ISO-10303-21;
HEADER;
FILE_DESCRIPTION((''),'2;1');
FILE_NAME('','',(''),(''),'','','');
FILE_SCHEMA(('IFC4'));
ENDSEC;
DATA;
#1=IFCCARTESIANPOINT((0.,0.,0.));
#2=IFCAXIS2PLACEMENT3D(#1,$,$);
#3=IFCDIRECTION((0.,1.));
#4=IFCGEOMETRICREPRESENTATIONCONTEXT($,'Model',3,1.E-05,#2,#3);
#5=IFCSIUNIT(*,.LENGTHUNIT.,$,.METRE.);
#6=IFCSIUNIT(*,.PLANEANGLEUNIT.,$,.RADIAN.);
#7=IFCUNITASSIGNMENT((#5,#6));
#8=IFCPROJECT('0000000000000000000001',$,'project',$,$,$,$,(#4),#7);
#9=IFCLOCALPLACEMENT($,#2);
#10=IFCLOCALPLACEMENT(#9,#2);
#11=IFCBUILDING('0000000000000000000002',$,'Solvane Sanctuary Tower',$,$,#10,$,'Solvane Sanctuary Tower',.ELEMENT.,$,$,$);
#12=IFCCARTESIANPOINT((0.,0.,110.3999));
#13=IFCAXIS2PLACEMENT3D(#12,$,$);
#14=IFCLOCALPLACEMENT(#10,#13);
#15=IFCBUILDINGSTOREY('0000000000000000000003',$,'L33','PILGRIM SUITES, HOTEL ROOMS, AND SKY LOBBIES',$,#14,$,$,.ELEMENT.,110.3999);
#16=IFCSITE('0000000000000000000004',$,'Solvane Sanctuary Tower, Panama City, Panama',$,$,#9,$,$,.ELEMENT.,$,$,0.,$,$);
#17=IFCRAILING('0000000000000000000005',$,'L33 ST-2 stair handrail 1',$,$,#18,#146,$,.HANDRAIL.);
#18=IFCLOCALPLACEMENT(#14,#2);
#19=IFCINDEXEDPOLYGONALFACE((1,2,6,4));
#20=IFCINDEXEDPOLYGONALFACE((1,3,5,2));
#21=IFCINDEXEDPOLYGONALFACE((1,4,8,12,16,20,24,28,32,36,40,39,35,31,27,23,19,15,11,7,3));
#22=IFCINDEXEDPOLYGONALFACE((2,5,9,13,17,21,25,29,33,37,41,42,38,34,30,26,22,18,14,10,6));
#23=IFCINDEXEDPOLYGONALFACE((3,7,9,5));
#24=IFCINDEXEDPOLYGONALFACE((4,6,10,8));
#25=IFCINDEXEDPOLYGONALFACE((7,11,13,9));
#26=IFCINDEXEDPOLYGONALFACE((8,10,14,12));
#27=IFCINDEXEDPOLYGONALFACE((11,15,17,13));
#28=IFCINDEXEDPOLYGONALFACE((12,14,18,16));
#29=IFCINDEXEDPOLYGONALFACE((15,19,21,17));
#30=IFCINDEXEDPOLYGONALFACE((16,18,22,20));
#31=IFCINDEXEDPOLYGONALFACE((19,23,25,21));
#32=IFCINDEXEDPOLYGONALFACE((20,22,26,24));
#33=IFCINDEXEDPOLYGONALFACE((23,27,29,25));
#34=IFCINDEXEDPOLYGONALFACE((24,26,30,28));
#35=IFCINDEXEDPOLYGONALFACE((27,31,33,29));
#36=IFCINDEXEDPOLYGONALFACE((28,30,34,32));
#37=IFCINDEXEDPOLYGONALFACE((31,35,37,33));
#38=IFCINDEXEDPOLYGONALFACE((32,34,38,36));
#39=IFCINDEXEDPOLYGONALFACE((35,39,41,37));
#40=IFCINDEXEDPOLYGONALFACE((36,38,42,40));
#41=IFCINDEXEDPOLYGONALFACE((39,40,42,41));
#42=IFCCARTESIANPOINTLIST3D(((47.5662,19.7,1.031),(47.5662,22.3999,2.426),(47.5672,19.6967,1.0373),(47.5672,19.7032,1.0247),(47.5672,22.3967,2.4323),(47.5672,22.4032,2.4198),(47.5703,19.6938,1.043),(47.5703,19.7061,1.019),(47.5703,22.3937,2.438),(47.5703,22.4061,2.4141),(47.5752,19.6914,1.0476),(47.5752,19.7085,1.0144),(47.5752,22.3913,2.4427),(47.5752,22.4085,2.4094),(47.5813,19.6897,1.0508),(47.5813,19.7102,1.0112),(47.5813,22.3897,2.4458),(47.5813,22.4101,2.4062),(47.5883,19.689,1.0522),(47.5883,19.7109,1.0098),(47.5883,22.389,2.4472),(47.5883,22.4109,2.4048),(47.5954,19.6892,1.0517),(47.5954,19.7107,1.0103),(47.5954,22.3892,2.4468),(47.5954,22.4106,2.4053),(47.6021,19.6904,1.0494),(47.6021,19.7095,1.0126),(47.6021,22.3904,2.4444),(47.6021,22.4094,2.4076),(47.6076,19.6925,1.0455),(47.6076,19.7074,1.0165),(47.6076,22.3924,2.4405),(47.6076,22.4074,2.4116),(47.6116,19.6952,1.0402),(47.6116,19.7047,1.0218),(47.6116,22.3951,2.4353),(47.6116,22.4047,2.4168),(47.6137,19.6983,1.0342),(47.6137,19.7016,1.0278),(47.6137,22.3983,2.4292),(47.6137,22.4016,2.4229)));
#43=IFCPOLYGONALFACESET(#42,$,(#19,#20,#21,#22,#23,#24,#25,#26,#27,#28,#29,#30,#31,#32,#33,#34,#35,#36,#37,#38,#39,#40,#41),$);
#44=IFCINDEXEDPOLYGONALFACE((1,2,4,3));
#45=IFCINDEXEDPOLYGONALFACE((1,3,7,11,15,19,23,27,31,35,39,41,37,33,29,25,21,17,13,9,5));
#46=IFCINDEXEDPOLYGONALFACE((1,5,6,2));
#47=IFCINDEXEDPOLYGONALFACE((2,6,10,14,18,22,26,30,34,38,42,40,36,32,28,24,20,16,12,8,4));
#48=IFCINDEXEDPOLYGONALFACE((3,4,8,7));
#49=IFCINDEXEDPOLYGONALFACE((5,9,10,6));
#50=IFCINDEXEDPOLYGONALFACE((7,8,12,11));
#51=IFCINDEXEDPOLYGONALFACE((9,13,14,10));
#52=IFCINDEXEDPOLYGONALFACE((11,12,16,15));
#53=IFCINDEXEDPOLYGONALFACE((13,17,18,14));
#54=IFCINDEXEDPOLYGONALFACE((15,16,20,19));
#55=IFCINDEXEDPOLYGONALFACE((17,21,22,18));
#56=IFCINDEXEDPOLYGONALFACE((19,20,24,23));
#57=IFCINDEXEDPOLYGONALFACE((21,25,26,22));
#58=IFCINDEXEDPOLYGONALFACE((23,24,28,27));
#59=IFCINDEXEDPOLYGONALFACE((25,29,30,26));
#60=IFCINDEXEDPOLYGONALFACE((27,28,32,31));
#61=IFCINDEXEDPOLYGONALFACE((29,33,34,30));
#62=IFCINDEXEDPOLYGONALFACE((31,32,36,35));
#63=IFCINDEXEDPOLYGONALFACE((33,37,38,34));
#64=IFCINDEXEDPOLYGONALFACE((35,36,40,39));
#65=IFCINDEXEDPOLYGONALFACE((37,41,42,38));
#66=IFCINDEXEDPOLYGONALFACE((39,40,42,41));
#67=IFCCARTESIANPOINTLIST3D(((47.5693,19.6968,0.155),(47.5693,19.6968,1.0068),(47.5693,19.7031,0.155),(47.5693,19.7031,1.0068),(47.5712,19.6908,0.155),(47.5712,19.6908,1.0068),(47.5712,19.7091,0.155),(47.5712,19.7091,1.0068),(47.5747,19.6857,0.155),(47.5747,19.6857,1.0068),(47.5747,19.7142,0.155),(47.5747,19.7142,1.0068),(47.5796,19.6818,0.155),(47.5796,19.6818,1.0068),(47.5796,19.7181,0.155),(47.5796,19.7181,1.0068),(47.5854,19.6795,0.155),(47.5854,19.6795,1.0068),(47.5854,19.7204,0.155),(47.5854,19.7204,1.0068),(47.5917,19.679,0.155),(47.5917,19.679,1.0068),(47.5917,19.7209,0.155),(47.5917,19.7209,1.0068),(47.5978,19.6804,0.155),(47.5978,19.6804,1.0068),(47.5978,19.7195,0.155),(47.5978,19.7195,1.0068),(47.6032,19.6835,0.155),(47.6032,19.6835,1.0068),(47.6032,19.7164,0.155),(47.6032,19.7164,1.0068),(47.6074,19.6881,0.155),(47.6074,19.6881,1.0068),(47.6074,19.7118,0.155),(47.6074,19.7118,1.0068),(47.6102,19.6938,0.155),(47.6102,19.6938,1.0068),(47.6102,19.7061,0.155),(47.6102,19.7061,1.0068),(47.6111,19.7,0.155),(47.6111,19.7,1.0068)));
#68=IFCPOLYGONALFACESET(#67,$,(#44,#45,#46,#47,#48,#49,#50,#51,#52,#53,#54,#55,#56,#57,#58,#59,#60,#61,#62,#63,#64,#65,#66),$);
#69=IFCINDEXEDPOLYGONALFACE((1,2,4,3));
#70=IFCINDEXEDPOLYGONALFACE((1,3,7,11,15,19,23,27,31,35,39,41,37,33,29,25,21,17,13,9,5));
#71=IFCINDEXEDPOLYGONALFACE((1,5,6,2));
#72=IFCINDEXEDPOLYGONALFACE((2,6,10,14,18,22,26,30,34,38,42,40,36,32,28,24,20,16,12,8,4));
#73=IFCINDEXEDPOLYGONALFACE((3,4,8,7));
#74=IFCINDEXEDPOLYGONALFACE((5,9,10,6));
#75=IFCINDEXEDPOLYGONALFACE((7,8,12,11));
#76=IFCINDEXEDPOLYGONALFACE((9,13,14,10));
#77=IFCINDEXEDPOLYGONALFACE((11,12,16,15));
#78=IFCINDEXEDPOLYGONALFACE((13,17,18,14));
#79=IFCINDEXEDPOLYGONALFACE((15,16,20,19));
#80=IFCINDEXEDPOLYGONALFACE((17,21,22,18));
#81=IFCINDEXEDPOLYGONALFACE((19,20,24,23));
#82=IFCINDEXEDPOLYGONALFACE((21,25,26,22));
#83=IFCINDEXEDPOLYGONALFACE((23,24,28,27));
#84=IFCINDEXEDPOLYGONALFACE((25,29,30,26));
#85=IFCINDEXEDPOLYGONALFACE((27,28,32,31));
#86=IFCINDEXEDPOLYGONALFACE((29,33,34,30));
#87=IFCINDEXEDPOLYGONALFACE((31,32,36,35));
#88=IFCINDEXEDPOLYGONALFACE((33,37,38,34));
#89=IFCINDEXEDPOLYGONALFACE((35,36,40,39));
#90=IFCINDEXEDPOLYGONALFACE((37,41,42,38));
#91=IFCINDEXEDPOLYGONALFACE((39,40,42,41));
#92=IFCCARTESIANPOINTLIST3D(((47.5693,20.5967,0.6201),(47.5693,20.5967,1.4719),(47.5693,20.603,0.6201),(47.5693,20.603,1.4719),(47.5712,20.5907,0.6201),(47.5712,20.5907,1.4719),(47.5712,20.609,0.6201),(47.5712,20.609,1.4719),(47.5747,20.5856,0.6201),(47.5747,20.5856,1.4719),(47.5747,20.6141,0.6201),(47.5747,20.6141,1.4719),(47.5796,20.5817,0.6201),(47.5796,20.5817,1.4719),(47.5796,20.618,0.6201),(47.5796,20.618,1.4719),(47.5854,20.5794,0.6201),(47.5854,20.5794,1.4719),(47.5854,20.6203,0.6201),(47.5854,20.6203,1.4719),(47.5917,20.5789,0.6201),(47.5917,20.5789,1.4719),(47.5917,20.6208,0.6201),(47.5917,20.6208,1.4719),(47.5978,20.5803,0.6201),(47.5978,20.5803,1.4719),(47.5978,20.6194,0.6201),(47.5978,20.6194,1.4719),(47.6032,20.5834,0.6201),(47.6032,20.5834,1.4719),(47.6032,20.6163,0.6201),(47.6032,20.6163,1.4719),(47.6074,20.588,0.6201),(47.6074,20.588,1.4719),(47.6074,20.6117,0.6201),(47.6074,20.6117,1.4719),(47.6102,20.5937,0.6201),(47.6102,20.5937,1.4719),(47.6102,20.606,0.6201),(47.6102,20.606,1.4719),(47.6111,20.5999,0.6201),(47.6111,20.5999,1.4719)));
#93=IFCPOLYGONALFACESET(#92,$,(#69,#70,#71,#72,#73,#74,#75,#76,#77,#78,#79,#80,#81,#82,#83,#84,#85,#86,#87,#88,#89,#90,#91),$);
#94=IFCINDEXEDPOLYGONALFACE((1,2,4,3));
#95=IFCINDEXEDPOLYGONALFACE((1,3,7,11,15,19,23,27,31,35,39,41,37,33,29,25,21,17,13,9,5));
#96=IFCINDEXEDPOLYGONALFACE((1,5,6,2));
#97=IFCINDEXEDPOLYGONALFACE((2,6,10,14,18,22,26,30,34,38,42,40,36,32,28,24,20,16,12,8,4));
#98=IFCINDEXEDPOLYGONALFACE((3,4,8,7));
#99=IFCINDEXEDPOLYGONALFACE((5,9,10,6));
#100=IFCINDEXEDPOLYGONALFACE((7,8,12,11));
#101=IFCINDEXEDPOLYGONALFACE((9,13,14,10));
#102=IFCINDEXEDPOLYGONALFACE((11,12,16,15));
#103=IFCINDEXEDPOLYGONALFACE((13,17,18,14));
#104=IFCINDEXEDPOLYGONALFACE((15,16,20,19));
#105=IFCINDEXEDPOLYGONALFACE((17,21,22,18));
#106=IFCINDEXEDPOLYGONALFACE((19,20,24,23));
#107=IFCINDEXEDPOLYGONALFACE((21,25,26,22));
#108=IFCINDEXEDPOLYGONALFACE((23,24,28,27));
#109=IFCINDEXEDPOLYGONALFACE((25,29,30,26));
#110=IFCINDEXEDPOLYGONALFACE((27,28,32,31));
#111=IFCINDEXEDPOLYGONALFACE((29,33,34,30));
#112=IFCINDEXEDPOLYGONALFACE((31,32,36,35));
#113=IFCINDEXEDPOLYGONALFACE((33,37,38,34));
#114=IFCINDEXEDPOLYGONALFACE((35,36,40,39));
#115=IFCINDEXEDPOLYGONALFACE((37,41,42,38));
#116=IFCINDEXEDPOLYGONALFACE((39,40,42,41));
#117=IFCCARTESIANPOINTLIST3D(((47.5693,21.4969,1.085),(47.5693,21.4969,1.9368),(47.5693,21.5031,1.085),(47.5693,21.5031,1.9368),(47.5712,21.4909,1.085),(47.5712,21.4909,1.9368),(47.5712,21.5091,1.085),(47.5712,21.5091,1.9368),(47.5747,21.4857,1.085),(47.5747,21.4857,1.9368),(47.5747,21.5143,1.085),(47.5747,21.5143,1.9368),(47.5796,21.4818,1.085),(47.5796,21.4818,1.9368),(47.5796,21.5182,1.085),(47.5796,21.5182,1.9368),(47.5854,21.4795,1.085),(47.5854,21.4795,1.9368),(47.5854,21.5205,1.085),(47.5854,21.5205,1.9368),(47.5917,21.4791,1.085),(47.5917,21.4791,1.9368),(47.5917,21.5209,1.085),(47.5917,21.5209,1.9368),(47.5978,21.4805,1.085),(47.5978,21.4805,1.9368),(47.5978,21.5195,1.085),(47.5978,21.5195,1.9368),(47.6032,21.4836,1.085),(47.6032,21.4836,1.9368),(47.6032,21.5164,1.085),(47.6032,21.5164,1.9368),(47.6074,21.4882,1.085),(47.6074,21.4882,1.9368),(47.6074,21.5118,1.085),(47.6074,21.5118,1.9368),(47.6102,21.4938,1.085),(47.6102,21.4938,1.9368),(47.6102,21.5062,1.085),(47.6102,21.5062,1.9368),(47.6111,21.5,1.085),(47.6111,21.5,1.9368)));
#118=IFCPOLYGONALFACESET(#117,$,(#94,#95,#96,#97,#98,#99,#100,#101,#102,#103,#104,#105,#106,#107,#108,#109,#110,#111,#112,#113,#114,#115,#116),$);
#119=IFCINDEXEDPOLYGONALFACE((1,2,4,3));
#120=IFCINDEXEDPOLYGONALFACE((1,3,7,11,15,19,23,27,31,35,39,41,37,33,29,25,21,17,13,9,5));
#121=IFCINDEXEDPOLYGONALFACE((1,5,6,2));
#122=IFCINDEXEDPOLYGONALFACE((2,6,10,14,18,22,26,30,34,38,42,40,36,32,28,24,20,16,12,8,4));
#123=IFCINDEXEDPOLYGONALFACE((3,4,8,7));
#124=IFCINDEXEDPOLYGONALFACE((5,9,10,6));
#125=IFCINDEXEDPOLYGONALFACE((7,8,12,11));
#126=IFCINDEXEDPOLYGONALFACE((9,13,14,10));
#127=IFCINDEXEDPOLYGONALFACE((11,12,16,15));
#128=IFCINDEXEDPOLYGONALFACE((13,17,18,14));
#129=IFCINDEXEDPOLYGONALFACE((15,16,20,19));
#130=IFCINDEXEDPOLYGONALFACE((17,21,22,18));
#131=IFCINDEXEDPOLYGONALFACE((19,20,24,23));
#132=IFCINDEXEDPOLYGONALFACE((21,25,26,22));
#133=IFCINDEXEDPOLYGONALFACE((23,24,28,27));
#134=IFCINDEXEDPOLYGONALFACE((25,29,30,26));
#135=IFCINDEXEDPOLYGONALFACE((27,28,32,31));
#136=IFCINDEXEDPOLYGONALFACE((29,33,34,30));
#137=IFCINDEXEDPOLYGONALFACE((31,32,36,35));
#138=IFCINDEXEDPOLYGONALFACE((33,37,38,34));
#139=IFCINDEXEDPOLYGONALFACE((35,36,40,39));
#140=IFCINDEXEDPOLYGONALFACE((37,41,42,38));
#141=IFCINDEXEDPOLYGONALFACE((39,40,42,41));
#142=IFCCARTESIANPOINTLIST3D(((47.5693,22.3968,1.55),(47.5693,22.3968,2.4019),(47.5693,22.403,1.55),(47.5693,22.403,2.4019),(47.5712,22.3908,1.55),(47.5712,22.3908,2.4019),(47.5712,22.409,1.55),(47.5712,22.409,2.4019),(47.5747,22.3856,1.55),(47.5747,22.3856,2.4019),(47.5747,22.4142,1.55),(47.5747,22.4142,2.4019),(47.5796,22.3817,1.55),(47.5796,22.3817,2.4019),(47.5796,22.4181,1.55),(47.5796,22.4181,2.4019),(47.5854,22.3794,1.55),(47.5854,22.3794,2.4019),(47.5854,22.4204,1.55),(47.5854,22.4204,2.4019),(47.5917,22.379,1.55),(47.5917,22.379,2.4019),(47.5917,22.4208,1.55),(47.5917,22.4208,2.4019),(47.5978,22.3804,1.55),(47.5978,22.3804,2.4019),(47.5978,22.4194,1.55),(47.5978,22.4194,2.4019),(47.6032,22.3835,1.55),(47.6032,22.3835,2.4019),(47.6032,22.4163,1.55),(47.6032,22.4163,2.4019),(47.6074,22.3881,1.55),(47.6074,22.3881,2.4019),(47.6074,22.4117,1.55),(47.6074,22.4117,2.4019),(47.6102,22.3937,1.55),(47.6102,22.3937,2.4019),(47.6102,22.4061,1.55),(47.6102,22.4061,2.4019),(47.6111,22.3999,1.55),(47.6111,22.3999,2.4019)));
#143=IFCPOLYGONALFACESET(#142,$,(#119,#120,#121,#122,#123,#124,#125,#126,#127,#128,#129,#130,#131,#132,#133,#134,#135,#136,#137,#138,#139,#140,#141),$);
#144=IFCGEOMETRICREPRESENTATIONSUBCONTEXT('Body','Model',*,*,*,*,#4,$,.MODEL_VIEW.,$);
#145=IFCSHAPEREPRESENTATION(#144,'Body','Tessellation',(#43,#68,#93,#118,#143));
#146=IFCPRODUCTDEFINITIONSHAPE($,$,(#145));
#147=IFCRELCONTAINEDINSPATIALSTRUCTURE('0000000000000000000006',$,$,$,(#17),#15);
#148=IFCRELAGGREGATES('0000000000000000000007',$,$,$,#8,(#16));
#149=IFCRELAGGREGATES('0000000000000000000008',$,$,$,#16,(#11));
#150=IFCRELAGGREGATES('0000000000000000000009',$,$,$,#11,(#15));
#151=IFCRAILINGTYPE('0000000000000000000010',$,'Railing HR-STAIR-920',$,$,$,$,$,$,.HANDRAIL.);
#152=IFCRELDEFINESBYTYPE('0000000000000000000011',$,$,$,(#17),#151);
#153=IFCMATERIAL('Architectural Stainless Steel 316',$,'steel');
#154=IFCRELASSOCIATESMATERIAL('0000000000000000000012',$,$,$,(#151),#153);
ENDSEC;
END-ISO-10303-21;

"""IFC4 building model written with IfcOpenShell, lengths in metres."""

from ifc_helpers import new_model, si_unit, direction, frame, origin, origin_2d, place, context, subcontext, project, spatial, circle, extrude, material, type_object, element, save


model = new_model("IFC4")

# Units and contexts
model_context = context("Model", 3, precision=1e-05, world=origin(), true_north=direction((0.0, 1.0)))
body_context = subcontext(model_context, "Body", "Model", "MODEL_VIEW")
ifc_project = project(units=[si_unit("LENGTHUNIT", "METRE"), si_unit("PLANEANGLEUNIT", "RADIAN")], contexts=[model_context])

# Site, building, storey
site_placement = place(None, origin())
site = spatial("IfcSite", under=ifc_project, at=site_placement, Name="Solvane Sanctuary Tower, Panama City, Panama", CompositionType="ELEMENT", RefElevation=0.0)
building_placement = place(site_placement, origin())
building = spatial("IfcBuilding", under=site, at=building_placement, Name="Solvane Sanctuary Tower", LongName="Solvane Sanctuary Tower", CompositionType="ELEMENT")
storey_placement = place(building_placement, frame((0.0, 0.0, 110.3999)))
storey = spatial("IfcBuildingStorey", under=building, at=storey_placement, Name="L33", Description="PILGRIM SUITES, HOTEL ROOMS, AND SKY LOBBIES", CompositionType="ELEMENT", Elevation=110.3999)

# Shared definitions
ifc_material_1 = material(Name="Architectural Stainless Steel 316", Category="steel")

# Railing
railing_type_1 = type_object("IfcRailingType", Name="Railing HR-STAIR-920", PredefinedType="HANDRAIL", material=ifc_material_1)
railing_1_placement = place(storey_placement, frame((47.5901, 19.7, 0.155)))
element("IfcRailing", 1, at=railing_1_placement, inside=storey, type_object=railing_type_1, Name="L33 ST-2 stair handrail 1", PredefinedType="HANDRAIL", context=body_context, shape_type="SweptSolid", body=[
    extrude(circle(Radius=0.0239, at=origin_2d()), frame((0.0, 0.0, 0.876), z_axis=(0.0, 0.88842, 0.459032), x_axis=(-1.0, 0.0, 0.0)), (0.0, 0.0, 1.0), 3.0391),
    extrude(circle(Radius=0.021, at=origin_2d()), origin(), (0.0, 0.0, 1.0), 0.8518),
    extrude(circle(Radius=0.021, at=origin_2d()), frame((0.0, 0.8999, 0.4651)), (0.0, 0.0, 1.0), 0.8518),
    extrude(circle(Radius=0.021, at=origin_2d()), frame((0.0, 1.8, 0.9299)), (0.0, 0.0, 1.0), 0.8518),
    extrude(circle(Radius=0.021, at=origin_2d()), frame((0.0, 2.7, 1.395)), (0.0, 0.0, 1.0), 0.8518),
])

save(model, "model.ifc")
